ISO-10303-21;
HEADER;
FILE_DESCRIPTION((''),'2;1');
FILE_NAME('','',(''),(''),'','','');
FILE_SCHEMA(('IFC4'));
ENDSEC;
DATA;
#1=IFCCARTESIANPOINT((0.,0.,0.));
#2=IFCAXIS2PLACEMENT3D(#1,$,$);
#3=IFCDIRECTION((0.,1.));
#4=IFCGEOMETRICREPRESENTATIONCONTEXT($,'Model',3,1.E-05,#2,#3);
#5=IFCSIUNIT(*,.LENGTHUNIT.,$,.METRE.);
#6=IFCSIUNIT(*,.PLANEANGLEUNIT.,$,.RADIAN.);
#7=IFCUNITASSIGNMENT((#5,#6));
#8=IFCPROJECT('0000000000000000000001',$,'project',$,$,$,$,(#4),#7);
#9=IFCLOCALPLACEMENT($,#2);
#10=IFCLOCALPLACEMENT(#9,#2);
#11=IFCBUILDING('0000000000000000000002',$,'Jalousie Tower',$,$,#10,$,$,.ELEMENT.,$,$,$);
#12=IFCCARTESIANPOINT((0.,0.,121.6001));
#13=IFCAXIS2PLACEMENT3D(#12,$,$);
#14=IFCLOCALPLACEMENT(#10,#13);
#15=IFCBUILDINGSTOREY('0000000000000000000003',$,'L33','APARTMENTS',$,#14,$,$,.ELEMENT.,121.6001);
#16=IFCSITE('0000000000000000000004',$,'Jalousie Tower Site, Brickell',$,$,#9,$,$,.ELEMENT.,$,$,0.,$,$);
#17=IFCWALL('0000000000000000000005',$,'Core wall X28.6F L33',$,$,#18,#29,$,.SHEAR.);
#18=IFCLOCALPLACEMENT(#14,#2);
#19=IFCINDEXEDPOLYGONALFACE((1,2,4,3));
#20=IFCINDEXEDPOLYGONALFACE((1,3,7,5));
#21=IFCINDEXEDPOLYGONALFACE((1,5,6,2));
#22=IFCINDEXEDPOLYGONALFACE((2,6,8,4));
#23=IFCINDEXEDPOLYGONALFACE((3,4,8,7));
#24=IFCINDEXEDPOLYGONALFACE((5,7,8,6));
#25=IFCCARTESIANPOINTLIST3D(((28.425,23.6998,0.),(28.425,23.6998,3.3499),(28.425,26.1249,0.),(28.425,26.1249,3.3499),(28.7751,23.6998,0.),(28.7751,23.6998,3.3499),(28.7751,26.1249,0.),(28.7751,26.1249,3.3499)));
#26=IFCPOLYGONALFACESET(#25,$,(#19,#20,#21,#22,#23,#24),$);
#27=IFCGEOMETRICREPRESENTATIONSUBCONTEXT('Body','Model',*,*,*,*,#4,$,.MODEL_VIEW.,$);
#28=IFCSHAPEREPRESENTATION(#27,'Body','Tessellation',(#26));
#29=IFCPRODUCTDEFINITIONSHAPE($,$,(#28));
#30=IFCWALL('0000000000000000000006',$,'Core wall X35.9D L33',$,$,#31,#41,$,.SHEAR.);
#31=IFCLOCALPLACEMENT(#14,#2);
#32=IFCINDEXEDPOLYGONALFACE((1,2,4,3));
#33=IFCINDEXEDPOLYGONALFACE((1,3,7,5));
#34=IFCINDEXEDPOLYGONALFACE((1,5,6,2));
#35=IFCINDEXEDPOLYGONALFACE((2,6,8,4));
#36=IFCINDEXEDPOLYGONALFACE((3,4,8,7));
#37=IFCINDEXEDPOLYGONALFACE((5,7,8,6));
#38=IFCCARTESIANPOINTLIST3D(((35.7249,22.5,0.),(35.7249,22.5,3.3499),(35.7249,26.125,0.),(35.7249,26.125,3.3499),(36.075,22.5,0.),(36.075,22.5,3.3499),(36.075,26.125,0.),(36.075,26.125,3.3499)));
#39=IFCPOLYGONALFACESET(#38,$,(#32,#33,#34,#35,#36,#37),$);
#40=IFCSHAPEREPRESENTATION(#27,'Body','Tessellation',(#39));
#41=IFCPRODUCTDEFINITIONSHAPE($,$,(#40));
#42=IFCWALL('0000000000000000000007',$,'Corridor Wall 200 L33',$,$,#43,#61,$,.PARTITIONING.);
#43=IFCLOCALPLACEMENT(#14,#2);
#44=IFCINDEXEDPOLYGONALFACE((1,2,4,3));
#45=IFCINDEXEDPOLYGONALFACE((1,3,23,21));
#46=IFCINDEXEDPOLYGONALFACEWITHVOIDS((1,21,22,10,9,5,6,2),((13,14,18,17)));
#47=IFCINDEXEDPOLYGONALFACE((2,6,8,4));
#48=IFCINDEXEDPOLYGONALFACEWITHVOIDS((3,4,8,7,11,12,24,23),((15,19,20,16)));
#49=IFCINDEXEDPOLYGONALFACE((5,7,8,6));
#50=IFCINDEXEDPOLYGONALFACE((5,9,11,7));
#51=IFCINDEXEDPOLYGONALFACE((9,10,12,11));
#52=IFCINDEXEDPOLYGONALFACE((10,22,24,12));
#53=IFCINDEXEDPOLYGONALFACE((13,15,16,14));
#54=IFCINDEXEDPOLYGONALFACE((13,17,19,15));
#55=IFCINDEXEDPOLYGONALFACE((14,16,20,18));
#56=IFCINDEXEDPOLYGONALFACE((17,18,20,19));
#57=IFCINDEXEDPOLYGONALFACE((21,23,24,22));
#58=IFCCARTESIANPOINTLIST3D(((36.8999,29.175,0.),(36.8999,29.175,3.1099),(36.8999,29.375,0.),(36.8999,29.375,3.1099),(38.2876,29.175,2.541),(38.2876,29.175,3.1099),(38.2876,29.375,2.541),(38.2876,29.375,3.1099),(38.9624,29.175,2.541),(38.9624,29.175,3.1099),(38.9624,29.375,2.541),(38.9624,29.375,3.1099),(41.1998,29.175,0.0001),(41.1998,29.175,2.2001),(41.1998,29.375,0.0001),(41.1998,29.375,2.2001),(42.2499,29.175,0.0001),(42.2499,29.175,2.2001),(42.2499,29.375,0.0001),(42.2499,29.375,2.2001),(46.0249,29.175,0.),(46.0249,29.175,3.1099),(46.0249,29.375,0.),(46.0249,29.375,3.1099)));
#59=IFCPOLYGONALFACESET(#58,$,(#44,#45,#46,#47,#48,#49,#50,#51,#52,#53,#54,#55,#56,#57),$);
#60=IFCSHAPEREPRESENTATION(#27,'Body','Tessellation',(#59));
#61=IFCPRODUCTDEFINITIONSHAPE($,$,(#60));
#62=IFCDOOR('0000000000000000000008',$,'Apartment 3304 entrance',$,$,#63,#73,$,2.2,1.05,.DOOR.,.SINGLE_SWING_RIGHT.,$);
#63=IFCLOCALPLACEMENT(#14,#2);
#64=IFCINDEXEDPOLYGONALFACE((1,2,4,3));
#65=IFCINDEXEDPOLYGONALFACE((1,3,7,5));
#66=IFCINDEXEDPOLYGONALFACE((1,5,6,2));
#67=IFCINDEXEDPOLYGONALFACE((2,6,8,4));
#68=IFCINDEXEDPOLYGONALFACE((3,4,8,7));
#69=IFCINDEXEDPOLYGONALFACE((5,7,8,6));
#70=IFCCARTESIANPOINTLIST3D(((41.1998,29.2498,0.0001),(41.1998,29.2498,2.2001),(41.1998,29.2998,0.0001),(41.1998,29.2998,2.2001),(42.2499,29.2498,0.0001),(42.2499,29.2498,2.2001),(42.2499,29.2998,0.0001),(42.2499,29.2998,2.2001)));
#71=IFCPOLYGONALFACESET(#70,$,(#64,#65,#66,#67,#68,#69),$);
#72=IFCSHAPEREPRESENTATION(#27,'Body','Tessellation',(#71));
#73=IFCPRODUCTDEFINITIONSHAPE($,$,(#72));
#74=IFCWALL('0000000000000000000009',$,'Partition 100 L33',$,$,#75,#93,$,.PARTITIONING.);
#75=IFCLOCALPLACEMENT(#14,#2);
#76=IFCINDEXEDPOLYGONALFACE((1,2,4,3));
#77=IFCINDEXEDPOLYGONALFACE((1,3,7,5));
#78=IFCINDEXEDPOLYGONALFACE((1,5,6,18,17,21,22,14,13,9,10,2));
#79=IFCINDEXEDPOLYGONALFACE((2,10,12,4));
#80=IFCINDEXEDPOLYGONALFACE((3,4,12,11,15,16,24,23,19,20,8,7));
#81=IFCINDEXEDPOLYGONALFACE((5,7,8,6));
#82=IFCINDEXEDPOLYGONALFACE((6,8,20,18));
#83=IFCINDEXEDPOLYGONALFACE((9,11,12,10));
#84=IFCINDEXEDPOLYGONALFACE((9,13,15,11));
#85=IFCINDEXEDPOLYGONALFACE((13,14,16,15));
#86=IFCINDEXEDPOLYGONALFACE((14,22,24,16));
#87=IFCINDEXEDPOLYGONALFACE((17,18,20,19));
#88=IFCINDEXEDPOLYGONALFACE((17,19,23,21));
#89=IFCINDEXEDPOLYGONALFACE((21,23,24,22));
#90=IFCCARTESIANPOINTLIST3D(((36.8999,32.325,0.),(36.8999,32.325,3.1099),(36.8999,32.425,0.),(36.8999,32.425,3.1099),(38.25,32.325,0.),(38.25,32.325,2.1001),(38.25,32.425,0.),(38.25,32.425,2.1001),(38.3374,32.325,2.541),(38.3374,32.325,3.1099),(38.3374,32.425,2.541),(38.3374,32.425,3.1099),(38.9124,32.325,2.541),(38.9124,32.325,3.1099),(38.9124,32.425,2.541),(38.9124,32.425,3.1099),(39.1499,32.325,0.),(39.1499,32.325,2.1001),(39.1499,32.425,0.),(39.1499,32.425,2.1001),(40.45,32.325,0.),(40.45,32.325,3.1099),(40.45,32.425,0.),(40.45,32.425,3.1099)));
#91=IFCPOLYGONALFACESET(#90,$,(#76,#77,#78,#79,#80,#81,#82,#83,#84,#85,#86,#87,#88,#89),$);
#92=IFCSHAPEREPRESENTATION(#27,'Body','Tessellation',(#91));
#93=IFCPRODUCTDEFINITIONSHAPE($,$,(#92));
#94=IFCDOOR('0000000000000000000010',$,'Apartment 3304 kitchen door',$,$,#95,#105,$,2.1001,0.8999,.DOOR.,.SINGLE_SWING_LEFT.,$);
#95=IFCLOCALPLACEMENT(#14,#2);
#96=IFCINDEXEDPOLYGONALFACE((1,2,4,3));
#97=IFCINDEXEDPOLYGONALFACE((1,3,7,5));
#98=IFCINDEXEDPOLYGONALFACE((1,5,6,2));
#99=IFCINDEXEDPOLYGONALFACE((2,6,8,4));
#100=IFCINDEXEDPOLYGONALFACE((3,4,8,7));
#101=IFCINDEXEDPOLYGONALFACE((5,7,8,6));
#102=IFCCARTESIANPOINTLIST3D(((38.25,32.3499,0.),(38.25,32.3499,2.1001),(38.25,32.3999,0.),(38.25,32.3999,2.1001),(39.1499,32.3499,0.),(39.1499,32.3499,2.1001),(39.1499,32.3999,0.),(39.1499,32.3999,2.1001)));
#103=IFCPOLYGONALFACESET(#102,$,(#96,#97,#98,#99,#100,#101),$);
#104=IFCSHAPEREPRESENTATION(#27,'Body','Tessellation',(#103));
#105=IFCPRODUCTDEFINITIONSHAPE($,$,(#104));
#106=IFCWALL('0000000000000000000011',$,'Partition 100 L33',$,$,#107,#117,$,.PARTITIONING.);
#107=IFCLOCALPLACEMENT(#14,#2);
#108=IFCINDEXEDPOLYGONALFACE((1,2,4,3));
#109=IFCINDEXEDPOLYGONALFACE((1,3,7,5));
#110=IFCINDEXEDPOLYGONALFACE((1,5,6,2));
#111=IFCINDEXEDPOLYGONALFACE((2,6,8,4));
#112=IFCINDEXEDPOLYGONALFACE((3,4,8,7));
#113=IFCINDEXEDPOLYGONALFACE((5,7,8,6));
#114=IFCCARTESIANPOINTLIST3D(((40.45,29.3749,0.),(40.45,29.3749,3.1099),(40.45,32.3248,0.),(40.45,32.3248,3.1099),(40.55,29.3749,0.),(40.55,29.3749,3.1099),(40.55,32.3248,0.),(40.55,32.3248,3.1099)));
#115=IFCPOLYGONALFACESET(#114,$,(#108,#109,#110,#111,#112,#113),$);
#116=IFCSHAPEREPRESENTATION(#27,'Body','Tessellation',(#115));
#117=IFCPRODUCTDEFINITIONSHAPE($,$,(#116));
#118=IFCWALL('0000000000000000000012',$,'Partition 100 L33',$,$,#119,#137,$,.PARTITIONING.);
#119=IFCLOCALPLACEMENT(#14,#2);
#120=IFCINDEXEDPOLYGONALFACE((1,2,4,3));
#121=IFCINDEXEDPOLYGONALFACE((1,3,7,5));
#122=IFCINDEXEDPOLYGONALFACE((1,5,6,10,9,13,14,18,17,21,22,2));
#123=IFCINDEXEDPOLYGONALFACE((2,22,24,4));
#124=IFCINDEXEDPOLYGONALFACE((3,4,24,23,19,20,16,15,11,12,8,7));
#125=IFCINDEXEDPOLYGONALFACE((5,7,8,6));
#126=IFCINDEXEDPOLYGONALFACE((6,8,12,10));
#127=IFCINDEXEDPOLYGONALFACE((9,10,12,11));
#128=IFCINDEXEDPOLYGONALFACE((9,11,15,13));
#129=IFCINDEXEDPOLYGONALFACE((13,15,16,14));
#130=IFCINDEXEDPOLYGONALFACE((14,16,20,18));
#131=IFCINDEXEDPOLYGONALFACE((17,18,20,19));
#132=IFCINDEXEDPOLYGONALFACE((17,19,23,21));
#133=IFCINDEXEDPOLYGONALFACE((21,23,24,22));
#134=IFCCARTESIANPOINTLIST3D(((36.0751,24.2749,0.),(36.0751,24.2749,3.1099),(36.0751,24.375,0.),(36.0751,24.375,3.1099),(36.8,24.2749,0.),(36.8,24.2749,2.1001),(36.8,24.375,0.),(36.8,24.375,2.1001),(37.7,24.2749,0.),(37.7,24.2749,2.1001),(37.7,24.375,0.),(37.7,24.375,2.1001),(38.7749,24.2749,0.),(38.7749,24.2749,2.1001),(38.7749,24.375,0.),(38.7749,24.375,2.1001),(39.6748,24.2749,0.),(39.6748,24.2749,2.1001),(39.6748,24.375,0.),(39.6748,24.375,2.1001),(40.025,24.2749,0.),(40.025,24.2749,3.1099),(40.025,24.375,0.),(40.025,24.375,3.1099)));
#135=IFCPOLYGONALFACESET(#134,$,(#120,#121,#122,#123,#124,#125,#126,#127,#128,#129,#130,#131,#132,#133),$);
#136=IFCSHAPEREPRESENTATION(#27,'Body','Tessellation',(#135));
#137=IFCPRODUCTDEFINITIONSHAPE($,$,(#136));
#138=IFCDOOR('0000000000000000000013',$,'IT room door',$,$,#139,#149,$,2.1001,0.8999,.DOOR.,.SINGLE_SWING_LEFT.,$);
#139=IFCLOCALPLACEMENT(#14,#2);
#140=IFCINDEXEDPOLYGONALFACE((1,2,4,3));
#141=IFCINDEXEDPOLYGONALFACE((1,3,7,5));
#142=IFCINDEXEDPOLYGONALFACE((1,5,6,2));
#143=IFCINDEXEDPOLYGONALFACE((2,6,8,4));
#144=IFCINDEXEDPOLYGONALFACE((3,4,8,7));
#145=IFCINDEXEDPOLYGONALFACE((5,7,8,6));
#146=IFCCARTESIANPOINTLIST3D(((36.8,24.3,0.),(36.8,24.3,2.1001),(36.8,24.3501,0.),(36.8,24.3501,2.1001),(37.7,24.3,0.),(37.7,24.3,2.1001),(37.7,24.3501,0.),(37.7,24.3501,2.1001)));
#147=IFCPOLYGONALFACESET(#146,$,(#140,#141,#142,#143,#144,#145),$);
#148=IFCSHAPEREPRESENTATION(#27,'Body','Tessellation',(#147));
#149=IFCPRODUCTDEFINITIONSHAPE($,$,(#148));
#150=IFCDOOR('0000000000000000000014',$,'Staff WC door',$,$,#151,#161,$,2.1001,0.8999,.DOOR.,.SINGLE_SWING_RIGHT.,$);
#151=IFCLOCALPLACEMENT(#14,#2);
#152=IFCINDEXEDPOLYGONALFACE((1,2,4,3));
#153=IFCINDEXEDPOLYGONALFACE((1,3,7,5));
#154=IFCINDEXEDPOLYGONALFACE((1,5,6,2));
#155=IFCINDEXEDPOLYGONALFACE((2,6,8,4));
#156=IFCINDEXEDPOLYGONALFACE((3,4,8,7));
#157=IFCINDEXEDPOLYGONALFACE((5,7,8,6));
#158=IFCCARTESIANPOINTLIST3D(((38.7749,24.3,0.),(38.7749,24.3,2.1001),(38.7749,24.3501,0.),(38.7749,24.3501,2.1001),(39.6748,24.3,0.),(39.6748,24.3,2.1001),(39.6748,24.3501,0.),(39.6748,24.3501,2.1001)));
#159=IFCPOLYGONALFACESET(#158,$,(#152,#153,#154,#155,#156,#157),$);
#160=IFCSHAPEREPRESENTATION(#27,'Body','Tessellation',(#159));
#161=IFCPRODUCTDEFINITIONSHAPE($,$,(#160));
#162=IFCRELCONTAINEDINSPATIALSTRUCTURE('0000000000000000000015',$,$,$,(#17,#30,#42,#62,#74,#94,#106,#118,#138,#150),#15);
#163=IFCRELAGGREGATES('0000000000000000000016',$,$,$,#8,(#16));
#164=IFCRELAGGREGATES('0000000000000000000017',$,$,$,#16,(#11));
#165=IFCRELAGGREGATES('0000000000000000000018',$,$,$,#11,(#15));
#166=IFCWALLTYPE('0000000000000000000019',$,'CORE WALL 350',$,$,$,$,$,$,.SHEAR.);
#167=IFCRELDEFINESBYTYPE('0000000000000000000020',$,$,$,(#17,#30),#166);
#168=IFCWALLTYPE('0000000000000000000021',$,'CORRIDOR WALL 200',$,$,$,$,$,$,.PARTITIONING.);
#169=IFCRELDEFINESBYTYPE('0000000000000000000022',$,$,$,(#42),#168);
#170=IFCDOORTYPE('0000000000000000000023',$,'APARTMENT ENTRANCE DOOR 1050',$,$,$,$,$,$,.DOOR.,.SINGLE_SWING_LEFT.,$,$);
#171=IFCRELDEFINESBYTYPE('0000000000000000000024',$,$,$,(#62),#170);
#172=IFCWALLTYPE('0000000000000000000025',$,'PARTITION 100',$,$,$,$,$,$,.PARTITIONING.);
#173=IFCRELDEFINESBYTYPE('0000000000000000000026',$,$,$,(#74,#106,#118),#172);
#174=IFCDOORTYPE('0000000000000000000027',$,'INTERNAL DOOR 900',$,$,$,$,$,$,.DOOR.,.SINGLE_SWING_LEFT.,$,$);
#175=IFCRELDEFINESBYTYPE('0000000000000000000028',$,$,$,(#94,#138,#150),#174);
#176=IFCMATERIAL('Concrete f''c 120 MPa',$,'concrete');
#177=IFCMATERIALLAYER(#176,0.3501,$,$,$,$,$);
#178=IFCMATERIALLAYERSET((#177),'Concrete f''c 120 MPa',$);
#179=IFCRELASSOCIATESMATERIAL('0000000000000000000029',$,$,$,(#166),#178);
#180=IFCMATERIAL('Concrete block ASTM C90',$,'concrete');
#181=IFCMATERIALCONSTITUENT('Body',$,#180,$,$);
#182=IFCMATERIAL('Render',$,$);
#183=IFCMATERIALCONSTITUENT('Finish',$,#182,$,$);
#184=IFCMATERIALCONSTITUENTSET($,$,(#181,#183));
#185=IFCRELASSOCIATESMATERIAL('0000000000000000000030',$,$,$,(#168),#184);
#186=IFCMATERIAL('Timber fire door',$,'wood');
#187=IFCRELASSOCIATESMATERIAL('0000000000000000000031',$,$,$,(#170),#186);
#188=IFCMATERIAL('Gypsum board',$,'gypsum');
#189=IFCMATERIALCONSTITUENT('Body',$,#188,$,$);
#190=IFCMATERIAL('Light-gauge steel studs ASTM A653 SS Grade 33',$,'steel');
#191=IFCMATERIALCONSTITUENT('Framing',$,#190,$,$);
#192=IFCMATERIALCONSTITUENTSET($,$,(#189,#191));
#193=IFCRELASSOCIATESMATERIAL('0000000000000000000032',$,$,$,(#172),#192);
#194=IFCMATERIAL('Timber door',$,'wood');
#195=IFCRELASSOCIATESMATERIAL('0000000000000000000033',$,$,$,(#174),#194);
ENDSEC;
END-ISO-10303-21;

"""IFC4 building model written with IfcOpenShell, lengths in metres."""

from ifc_helpers import new_model, si_unit, direction, frame, frame_2d, origin, place, context, subcontext, project, spatial, polyline, rectangle, outline, extrude, material, layer, layer_set, constituent, constituent_set, type_object, element, fill, save


model = new_model("IFC4")

# Units and contexts
model_context = context("Model", 3, precision=1e-05, world=origin(), true_north=direction((0.0, 1.0)))
body_context = subcontext(model_context, "Body", "Model", "MODEL_VIEW")
ifc_project = project(units=[si_unit("LENGTHUNIT", "METRE"), si_unit("PLANEANGLEUNIT", "RADIAN")], contexts=[model_context])

# Site, building, storey
site_placement = place(None, origin())
site = spatial("IfcSite", under=ifc_project, at=site_placement, Name="Jalousie Tower Site, Brickell", CompositionType="ELEMENT", RefElevation=0.0)
building_placement = place(site_placement, origin())
building = spatial("IfcBuilding", under=site, at=building_placement, Name="Jalousie Tower", CompositionType="ELEMENT")
storey_placement = place(building_placement, frame((0.0, 0.0, 121.6001)))
storey = spatial("IfcBuildingStorey", under=building, at=storey_placement, Name="L33", Description="APARTMENTS", CompositionType="ELEMENT", Elevation=121.6001)

# Walls
ifc_material_1 = material(Name="Concrete f'c 120 MPa", Category="concrete")
ifc_layer_1 = layer(ifc_material_1, 0.3501)
ifc_layer_set_1 = layer_set([ifc_layer_1], Name="Concrete f'c 120 MPa")
wall_type_1 = type_object("IfcWallType", Name="CORE WALL 350", PredefinedType="SHEAR", material=ifc_layer_set_1)
wall_1_placement = place(storey_placement, frame((28.6001, 23.7, 0.0), z_axis=(0.0, 0.0, 1.0), x_axis=(0.0, 1.0, 0.0)))
element("IfcWall", 1, at=wall_1_placement, inside=storey, type_object=wall_type_1, Name="Core wall X28.6F L33", PredefinedType="SHEAR", context=body_context, shape_type="SweptSolid", body=[
    extrude(rectangle(XDim=2.425, YDim=0.3501, at=frame_2d((1.2124, 0.0))), origin(), (0.0, 0.0, 1.0), 3.3499),
])
wall_2_placement = place(storey_placement, frame((35.8999, 22.5, 0.0), z_axis=(0.0, 0.0, 1.0), x_axis=(0.0, 1.0, 0.0)))
element("IfcWall", 2, at=wall_2_placement, inside=storey, type_object=wall_type_1, Name="Core wall X35.9D L33", PredefinedType="SHEAR", context=body_context, shape_type="SweptSolid", body=[
    extrude(rectangle(XDim=3.625, YDim=0.3501, at=frame_2d((1.8125, 0.0))), origin(), (0.0, 0.0, 1.0), 3.3499),
])

# Walls, openings, doors
ifc_material_2 = material(Name="Concrete block ASTM C90", Category="concrete")
ifc_constituent_1 = constituent(ifc_material_2, Name="Body")
ifc_material_3 = material(Name="Render")
ifc_constituent_2 = constituent(ifc_material_3, Name="Finish")
ifc_constituent_set_1 = constituent_set(constituents=[ifc_constituent_1, ifc_constituent_2])
wall_type_2 = type_object("IfcWallType", Name="CORRIDOR WALL 200", PredefinedType="PARTITIONING", material=ifc_constituent_set_1)
wall_3_placement = place(storey_placement, frame((36.8999, 29.2749, 0.0), z_axis=(0.0, 0.0, 1.0), x_axis=(1.0, 0.0, 0.0)))
wall_3 = element("IfcWall", 3, at=wall_3_placement, inside=storey, type_object=wall_type_2, Name="Corridor Wall 200 L33", PredefinedType="PARTITIONING", context=body_context, shape_type="SweptSolid", body=[
    extrude(outline(polyline([(0.0, 0.0), (9.125, 0.0), (9.125, 3.1099), (2.0625, 3.1099), (2.0625, 2.541), (1.3877, 2.541), (1.3877, 3.1099), (0.0, 3.1099), (0.0, 0.0)])), frame((0.0, 0.1001, 0.0), z_axis=(0.0, -1.0, 0.0), x_axis=(1.0, 0.0, 0.0)), (0.0, 0.0, 1.0), 0.2),
])
opening_1_placement = place(wall_3_placement, frame((4.3, 0.0, 0.0)))
opening_1 = element("IfcOpeningElement", 4, at=opening_1_placement, cuts=wall_3, PredefinedType="OPENING", context=body_context, shape_type="SweptSolid", body=[
    extrude(rectangle(XDim=1.05, YDim=2.2, at=frame_2d((0.5249, 1.1001))), frame((0.0, 0.1099, 0.0), z_axis=(0.0, -1.0, 0.0), x_axis=(1.0, 0.0, 0.0)), (0.0, 0.0, 1.0), 0.22),
])
ifc_material_4 = material(Name="Timber fire door", Category="wood")
door_type_1 = type_object("IfcDoorType", Name="APARTMENT ENTRANCE DOOR 1050", OperationType="SINGLE_SWING_LEFT", PredefinedType="DOOR", material=ifc_material_4)
door_1_placement = place(opening_1_placement, origin())
door_1 = element("IfcDoor", 5, at=door_1_placement, inside=storey, type_object=door_type_1, Name="Apartment 3304 entrance", OperationType="SINGLE_SWING_RIGHT", OverallHeight=2.2, OverallWidth=1.05, PredefinedType="DOOR", context=body_context, shape_type="SweptSolid", body=[
    extrude(rectangle(XDim=1.05, YDim=2.2, at=frame_2d((0.5249, 1.1001))), frame((0.0, 0.0249, 0.0), z_axis=(0.0, -1.0, 0.0), x_axis=(1.0, 0.0, 0.0)), (0.0, 0.0, 1.0), 0.05),
])
fill(opening_1, door_1)
ifc_material_5 = material(Name="Gypsum board", Category="gypsum")
ifc_constituent_3 = constituent(ifc_material_5, Name="Body")
ifc_material_6 = material(Name="Light-gauge steel studs ASTM A653 SS Grade 33", Category="steel")
ifc_constituent_4 = constituent(ifc_material_6, Name="Framing")
ifc_constituent_set_2 = constituent_set(constituents=[ifc_constituent_3, ifc_constituent_4])
wall_type_3 = type_object("IfcWallType", Name="PARTITION 100", PredefinedType="PARTITIONING", material=ifc_constituent_set_2)
wall_4_placement = place(storey_placement, frame((36.8999, 32.375, 0.0), z_axis=(0.0, 0.0, 1.0), x_axis=(1.0, 0.0, 0.0)))
wall_4 = element("IfcWall", 6, at=wall_4_placement, inside=storey, type_object=wall_type_3, Name="Partition 100 L33", PredefinedType="PARTITIONING", context=body_context, shape_type="SweptSolid", body=[
    extrude(outline(polyline([(0.0, 0.0), (3.55, 0.0), (3.55, 3.1099), (2.0125, 3.1099), (2.0125, 2.541), (1.4375, 2.541), (1.4375, 3.1099), (0.0, 3.1099), (0.0, 0.0)])), frame((0.0, 0.05, 0.0), z_axis=(0.0, -1.0, 0.0), x_axis=(1.0, 0.0, 0.0)), (0.0, 0.0, 1.0), 0.1001),
])
opening_2_placement = place(wall_4_placement, frame((1.3501, 0.0, 0.0)))
opening_2 = element("IfcOpeningElement", 7, at=opening_2_placement, cuts=wall_4, PredefinedType="OPENING", context=body_context, shape_type="SweptSolid", body=[
    extrude(rectangle(XDim=0.8999, YDim=2.1001, at=frame_2d((0.45, 1.05))), frame((0.0, 0.0601, 0.0), z_axis=(0.0, -1.0, 0.0), x_axis=(1.0, 0.0, 0.0)), (0.0, 0.0, 1.0), 0.1201),
])
ifc_material_7 = material(Name="Timber door", Category="wood")
door_type_2 = type_object("IfcDoorType", Name="INTERNAL DOOR 900", OperationType="SINGLE_SWING_LEFT", PredefinedType="DOOR", material=ifc_material_7)
door_2_placement = place(opening_2_placement, origin())
door_2 = element("IfcDoor", 8, at=door_2_placement, inside=storey, type_object=door_type_2, Name="Apartment 3304 kitchen door", OperationType="SINGLE_SWING_LEFT", OverallHeight=2.1001, OverallWidth=0.8999, PredefinedType="DOOR", context=body_context, shape_type="SweptSolid", body=[
    extrude(rectangle(XDim=0.8999, YDim=2.1001, at=frame_2d((0.45, 1.05))), frame((0.0, 0.0249, 0.0), z_axis=(0.0, -1.0, 0.0), x_axis=(1.0, 0.0, 0.0)), (0.0, 0.0, 1.0), 0.05),
])
fill(opening_2, door_2)

# Wall
wall_5_placement = place(storey_placement, frame((40.5, 32.325, 0.0), z_axis=(0.0, 0.0, 1.0), x_axis=(0.0, -1.0, 0.0)))
element("IfcWall", 9, at=wall_5_placement, inside=storey, type_object=wall_type_3, Name="Partition 100 L33", PredefinedType="PARTITIONING", context=body_context, shape_type="SweptSolid", body=[
    extrude(rectangle(XDim=2.95, YDim=0.1001, at=frame_2d((1.4751, 0.0))), origin(), (0.0, 0.0, 1.0), 3.1099),
])

# Wall, openings, doors
wall_6_placement = place(storey_placement, frame((36.075, 24.325, 0.0), z_axis=(0.0, 0.0, 1.0), x_axis=(1.0, 0.0, 0.0)))
wall_6 = element("IfcWall", 10, at=wall_6_placement, inside=storey, type_object=wall_type_3, Name="Partition 100 L33", PredefinedType="PARTITIONING", context=body_context, shape_type="SweptSolid", body=[
    extrude(rectangle(XDim=3.95, YDim=0.1001, at=frame_2d((1.9751, 0.0))), origin(), (0.0, 0.0, 1.0), 3.1099),
])
opening_3_placement = place(wall_6_placement, frame((0.7251, 0.0, 0.0)))
opening_3 = element("IfcOpeningElement", 11, at=opening_3_placement, cuts=wall_6, PredefinedType="OPENING", context=body_context, shape_type="SweptSolid", body=[
    extrude(rectangle(XDim=0.8999, YDim=2.1001, at=frame_2d((0.45, 1.05))), frame((0.0, 0.0601, 0.0), z_axis=(0.0, -1.0, 0.0), x_axis=(1.0, 0.0, 0.0)), (0.0, 0.0, 1.0), 0.1201),
])
opening_4_placement = place(wall_6_placement, frame((2.7, 0.0, 0.0)))
opening_4 = element("IfcOpeningElement", 12, at=opening_4_placement, cuts=wall_6, PredefinedType="OPENING", context=body_context, shape_type="SweptSolid", body=[
    extrude(rectangle(XDim=0.8999, YDim=2.1001, at=frame_2d((0.45, 1.05))), frame((0.0, 0.0601, 0.0), z_axis=(0.0, -1.0, 0.0), x_axis=(1.0, 0.0, 0.0)), (0.0, 0.0, 1.0), 0.1201),
])
door_3_placement = place(opening_3_placement, frame((0.8999, 0.0, 0.0), z_axis=(0.0, 0.0, 1.0), x_axis=(-1.0, 0.0, 0.0)))
door_3 = element("IfcDoor", 13, at=door_3_placement, inside=storey, type_object=door_type_2, Name="IT room door", OperationType="SINGLE_SWING_LEFT", OverallHeight=2.1001, OverallWidth=0.8999, PredefinedType="DOOR", context=body_context, shape_type="SweptSolid", body=[
    extrude(rectangle(XDim=0.8999, YDim=2.1001, at=frame_2d((0.45, 1.05))), frame((0.0, 0.0249, 0.0), z_axis=(0.0, -1.0, 0.0), x_axis=(1.0, 0.0, 0.0)), (0.0, 0.0, 1.0), 0.05),
])
fill(opening_3, door_3)
door_4_placement = place(opening_4_placement, frame((0.8999, 0.0, 0.0), z_axis=(0.0, 0.0, 1.0), x_axis=(-1.0, 0.0, 0.0)))
door_4 = element("IfcDoor", 14, at=door_4_placement, inside=storey, type_object=door_type_2, Name="Staff WC door", OperationType="SINGLE_SWING_RIGHT", OverallHeight=2.1001, OverallWidth=0.8999, PredefinedType="DOOR", context=body_context, shape_type="SweptSolid", body=[
    extrude(rectangle(XDim=0.8999, YDim=2.1001, at=frame_2d((0.45, 1.05))), frame((0.0, 0.0249, 0.0), z_axis=(0.0, -1.0, 0.0), x_axis=(1.0, 0.0, 0.0)), (0.0, 0.0, 1.0), 0.05),
])
fill(opening_4, door_4)

save(model, "model.ifc")
